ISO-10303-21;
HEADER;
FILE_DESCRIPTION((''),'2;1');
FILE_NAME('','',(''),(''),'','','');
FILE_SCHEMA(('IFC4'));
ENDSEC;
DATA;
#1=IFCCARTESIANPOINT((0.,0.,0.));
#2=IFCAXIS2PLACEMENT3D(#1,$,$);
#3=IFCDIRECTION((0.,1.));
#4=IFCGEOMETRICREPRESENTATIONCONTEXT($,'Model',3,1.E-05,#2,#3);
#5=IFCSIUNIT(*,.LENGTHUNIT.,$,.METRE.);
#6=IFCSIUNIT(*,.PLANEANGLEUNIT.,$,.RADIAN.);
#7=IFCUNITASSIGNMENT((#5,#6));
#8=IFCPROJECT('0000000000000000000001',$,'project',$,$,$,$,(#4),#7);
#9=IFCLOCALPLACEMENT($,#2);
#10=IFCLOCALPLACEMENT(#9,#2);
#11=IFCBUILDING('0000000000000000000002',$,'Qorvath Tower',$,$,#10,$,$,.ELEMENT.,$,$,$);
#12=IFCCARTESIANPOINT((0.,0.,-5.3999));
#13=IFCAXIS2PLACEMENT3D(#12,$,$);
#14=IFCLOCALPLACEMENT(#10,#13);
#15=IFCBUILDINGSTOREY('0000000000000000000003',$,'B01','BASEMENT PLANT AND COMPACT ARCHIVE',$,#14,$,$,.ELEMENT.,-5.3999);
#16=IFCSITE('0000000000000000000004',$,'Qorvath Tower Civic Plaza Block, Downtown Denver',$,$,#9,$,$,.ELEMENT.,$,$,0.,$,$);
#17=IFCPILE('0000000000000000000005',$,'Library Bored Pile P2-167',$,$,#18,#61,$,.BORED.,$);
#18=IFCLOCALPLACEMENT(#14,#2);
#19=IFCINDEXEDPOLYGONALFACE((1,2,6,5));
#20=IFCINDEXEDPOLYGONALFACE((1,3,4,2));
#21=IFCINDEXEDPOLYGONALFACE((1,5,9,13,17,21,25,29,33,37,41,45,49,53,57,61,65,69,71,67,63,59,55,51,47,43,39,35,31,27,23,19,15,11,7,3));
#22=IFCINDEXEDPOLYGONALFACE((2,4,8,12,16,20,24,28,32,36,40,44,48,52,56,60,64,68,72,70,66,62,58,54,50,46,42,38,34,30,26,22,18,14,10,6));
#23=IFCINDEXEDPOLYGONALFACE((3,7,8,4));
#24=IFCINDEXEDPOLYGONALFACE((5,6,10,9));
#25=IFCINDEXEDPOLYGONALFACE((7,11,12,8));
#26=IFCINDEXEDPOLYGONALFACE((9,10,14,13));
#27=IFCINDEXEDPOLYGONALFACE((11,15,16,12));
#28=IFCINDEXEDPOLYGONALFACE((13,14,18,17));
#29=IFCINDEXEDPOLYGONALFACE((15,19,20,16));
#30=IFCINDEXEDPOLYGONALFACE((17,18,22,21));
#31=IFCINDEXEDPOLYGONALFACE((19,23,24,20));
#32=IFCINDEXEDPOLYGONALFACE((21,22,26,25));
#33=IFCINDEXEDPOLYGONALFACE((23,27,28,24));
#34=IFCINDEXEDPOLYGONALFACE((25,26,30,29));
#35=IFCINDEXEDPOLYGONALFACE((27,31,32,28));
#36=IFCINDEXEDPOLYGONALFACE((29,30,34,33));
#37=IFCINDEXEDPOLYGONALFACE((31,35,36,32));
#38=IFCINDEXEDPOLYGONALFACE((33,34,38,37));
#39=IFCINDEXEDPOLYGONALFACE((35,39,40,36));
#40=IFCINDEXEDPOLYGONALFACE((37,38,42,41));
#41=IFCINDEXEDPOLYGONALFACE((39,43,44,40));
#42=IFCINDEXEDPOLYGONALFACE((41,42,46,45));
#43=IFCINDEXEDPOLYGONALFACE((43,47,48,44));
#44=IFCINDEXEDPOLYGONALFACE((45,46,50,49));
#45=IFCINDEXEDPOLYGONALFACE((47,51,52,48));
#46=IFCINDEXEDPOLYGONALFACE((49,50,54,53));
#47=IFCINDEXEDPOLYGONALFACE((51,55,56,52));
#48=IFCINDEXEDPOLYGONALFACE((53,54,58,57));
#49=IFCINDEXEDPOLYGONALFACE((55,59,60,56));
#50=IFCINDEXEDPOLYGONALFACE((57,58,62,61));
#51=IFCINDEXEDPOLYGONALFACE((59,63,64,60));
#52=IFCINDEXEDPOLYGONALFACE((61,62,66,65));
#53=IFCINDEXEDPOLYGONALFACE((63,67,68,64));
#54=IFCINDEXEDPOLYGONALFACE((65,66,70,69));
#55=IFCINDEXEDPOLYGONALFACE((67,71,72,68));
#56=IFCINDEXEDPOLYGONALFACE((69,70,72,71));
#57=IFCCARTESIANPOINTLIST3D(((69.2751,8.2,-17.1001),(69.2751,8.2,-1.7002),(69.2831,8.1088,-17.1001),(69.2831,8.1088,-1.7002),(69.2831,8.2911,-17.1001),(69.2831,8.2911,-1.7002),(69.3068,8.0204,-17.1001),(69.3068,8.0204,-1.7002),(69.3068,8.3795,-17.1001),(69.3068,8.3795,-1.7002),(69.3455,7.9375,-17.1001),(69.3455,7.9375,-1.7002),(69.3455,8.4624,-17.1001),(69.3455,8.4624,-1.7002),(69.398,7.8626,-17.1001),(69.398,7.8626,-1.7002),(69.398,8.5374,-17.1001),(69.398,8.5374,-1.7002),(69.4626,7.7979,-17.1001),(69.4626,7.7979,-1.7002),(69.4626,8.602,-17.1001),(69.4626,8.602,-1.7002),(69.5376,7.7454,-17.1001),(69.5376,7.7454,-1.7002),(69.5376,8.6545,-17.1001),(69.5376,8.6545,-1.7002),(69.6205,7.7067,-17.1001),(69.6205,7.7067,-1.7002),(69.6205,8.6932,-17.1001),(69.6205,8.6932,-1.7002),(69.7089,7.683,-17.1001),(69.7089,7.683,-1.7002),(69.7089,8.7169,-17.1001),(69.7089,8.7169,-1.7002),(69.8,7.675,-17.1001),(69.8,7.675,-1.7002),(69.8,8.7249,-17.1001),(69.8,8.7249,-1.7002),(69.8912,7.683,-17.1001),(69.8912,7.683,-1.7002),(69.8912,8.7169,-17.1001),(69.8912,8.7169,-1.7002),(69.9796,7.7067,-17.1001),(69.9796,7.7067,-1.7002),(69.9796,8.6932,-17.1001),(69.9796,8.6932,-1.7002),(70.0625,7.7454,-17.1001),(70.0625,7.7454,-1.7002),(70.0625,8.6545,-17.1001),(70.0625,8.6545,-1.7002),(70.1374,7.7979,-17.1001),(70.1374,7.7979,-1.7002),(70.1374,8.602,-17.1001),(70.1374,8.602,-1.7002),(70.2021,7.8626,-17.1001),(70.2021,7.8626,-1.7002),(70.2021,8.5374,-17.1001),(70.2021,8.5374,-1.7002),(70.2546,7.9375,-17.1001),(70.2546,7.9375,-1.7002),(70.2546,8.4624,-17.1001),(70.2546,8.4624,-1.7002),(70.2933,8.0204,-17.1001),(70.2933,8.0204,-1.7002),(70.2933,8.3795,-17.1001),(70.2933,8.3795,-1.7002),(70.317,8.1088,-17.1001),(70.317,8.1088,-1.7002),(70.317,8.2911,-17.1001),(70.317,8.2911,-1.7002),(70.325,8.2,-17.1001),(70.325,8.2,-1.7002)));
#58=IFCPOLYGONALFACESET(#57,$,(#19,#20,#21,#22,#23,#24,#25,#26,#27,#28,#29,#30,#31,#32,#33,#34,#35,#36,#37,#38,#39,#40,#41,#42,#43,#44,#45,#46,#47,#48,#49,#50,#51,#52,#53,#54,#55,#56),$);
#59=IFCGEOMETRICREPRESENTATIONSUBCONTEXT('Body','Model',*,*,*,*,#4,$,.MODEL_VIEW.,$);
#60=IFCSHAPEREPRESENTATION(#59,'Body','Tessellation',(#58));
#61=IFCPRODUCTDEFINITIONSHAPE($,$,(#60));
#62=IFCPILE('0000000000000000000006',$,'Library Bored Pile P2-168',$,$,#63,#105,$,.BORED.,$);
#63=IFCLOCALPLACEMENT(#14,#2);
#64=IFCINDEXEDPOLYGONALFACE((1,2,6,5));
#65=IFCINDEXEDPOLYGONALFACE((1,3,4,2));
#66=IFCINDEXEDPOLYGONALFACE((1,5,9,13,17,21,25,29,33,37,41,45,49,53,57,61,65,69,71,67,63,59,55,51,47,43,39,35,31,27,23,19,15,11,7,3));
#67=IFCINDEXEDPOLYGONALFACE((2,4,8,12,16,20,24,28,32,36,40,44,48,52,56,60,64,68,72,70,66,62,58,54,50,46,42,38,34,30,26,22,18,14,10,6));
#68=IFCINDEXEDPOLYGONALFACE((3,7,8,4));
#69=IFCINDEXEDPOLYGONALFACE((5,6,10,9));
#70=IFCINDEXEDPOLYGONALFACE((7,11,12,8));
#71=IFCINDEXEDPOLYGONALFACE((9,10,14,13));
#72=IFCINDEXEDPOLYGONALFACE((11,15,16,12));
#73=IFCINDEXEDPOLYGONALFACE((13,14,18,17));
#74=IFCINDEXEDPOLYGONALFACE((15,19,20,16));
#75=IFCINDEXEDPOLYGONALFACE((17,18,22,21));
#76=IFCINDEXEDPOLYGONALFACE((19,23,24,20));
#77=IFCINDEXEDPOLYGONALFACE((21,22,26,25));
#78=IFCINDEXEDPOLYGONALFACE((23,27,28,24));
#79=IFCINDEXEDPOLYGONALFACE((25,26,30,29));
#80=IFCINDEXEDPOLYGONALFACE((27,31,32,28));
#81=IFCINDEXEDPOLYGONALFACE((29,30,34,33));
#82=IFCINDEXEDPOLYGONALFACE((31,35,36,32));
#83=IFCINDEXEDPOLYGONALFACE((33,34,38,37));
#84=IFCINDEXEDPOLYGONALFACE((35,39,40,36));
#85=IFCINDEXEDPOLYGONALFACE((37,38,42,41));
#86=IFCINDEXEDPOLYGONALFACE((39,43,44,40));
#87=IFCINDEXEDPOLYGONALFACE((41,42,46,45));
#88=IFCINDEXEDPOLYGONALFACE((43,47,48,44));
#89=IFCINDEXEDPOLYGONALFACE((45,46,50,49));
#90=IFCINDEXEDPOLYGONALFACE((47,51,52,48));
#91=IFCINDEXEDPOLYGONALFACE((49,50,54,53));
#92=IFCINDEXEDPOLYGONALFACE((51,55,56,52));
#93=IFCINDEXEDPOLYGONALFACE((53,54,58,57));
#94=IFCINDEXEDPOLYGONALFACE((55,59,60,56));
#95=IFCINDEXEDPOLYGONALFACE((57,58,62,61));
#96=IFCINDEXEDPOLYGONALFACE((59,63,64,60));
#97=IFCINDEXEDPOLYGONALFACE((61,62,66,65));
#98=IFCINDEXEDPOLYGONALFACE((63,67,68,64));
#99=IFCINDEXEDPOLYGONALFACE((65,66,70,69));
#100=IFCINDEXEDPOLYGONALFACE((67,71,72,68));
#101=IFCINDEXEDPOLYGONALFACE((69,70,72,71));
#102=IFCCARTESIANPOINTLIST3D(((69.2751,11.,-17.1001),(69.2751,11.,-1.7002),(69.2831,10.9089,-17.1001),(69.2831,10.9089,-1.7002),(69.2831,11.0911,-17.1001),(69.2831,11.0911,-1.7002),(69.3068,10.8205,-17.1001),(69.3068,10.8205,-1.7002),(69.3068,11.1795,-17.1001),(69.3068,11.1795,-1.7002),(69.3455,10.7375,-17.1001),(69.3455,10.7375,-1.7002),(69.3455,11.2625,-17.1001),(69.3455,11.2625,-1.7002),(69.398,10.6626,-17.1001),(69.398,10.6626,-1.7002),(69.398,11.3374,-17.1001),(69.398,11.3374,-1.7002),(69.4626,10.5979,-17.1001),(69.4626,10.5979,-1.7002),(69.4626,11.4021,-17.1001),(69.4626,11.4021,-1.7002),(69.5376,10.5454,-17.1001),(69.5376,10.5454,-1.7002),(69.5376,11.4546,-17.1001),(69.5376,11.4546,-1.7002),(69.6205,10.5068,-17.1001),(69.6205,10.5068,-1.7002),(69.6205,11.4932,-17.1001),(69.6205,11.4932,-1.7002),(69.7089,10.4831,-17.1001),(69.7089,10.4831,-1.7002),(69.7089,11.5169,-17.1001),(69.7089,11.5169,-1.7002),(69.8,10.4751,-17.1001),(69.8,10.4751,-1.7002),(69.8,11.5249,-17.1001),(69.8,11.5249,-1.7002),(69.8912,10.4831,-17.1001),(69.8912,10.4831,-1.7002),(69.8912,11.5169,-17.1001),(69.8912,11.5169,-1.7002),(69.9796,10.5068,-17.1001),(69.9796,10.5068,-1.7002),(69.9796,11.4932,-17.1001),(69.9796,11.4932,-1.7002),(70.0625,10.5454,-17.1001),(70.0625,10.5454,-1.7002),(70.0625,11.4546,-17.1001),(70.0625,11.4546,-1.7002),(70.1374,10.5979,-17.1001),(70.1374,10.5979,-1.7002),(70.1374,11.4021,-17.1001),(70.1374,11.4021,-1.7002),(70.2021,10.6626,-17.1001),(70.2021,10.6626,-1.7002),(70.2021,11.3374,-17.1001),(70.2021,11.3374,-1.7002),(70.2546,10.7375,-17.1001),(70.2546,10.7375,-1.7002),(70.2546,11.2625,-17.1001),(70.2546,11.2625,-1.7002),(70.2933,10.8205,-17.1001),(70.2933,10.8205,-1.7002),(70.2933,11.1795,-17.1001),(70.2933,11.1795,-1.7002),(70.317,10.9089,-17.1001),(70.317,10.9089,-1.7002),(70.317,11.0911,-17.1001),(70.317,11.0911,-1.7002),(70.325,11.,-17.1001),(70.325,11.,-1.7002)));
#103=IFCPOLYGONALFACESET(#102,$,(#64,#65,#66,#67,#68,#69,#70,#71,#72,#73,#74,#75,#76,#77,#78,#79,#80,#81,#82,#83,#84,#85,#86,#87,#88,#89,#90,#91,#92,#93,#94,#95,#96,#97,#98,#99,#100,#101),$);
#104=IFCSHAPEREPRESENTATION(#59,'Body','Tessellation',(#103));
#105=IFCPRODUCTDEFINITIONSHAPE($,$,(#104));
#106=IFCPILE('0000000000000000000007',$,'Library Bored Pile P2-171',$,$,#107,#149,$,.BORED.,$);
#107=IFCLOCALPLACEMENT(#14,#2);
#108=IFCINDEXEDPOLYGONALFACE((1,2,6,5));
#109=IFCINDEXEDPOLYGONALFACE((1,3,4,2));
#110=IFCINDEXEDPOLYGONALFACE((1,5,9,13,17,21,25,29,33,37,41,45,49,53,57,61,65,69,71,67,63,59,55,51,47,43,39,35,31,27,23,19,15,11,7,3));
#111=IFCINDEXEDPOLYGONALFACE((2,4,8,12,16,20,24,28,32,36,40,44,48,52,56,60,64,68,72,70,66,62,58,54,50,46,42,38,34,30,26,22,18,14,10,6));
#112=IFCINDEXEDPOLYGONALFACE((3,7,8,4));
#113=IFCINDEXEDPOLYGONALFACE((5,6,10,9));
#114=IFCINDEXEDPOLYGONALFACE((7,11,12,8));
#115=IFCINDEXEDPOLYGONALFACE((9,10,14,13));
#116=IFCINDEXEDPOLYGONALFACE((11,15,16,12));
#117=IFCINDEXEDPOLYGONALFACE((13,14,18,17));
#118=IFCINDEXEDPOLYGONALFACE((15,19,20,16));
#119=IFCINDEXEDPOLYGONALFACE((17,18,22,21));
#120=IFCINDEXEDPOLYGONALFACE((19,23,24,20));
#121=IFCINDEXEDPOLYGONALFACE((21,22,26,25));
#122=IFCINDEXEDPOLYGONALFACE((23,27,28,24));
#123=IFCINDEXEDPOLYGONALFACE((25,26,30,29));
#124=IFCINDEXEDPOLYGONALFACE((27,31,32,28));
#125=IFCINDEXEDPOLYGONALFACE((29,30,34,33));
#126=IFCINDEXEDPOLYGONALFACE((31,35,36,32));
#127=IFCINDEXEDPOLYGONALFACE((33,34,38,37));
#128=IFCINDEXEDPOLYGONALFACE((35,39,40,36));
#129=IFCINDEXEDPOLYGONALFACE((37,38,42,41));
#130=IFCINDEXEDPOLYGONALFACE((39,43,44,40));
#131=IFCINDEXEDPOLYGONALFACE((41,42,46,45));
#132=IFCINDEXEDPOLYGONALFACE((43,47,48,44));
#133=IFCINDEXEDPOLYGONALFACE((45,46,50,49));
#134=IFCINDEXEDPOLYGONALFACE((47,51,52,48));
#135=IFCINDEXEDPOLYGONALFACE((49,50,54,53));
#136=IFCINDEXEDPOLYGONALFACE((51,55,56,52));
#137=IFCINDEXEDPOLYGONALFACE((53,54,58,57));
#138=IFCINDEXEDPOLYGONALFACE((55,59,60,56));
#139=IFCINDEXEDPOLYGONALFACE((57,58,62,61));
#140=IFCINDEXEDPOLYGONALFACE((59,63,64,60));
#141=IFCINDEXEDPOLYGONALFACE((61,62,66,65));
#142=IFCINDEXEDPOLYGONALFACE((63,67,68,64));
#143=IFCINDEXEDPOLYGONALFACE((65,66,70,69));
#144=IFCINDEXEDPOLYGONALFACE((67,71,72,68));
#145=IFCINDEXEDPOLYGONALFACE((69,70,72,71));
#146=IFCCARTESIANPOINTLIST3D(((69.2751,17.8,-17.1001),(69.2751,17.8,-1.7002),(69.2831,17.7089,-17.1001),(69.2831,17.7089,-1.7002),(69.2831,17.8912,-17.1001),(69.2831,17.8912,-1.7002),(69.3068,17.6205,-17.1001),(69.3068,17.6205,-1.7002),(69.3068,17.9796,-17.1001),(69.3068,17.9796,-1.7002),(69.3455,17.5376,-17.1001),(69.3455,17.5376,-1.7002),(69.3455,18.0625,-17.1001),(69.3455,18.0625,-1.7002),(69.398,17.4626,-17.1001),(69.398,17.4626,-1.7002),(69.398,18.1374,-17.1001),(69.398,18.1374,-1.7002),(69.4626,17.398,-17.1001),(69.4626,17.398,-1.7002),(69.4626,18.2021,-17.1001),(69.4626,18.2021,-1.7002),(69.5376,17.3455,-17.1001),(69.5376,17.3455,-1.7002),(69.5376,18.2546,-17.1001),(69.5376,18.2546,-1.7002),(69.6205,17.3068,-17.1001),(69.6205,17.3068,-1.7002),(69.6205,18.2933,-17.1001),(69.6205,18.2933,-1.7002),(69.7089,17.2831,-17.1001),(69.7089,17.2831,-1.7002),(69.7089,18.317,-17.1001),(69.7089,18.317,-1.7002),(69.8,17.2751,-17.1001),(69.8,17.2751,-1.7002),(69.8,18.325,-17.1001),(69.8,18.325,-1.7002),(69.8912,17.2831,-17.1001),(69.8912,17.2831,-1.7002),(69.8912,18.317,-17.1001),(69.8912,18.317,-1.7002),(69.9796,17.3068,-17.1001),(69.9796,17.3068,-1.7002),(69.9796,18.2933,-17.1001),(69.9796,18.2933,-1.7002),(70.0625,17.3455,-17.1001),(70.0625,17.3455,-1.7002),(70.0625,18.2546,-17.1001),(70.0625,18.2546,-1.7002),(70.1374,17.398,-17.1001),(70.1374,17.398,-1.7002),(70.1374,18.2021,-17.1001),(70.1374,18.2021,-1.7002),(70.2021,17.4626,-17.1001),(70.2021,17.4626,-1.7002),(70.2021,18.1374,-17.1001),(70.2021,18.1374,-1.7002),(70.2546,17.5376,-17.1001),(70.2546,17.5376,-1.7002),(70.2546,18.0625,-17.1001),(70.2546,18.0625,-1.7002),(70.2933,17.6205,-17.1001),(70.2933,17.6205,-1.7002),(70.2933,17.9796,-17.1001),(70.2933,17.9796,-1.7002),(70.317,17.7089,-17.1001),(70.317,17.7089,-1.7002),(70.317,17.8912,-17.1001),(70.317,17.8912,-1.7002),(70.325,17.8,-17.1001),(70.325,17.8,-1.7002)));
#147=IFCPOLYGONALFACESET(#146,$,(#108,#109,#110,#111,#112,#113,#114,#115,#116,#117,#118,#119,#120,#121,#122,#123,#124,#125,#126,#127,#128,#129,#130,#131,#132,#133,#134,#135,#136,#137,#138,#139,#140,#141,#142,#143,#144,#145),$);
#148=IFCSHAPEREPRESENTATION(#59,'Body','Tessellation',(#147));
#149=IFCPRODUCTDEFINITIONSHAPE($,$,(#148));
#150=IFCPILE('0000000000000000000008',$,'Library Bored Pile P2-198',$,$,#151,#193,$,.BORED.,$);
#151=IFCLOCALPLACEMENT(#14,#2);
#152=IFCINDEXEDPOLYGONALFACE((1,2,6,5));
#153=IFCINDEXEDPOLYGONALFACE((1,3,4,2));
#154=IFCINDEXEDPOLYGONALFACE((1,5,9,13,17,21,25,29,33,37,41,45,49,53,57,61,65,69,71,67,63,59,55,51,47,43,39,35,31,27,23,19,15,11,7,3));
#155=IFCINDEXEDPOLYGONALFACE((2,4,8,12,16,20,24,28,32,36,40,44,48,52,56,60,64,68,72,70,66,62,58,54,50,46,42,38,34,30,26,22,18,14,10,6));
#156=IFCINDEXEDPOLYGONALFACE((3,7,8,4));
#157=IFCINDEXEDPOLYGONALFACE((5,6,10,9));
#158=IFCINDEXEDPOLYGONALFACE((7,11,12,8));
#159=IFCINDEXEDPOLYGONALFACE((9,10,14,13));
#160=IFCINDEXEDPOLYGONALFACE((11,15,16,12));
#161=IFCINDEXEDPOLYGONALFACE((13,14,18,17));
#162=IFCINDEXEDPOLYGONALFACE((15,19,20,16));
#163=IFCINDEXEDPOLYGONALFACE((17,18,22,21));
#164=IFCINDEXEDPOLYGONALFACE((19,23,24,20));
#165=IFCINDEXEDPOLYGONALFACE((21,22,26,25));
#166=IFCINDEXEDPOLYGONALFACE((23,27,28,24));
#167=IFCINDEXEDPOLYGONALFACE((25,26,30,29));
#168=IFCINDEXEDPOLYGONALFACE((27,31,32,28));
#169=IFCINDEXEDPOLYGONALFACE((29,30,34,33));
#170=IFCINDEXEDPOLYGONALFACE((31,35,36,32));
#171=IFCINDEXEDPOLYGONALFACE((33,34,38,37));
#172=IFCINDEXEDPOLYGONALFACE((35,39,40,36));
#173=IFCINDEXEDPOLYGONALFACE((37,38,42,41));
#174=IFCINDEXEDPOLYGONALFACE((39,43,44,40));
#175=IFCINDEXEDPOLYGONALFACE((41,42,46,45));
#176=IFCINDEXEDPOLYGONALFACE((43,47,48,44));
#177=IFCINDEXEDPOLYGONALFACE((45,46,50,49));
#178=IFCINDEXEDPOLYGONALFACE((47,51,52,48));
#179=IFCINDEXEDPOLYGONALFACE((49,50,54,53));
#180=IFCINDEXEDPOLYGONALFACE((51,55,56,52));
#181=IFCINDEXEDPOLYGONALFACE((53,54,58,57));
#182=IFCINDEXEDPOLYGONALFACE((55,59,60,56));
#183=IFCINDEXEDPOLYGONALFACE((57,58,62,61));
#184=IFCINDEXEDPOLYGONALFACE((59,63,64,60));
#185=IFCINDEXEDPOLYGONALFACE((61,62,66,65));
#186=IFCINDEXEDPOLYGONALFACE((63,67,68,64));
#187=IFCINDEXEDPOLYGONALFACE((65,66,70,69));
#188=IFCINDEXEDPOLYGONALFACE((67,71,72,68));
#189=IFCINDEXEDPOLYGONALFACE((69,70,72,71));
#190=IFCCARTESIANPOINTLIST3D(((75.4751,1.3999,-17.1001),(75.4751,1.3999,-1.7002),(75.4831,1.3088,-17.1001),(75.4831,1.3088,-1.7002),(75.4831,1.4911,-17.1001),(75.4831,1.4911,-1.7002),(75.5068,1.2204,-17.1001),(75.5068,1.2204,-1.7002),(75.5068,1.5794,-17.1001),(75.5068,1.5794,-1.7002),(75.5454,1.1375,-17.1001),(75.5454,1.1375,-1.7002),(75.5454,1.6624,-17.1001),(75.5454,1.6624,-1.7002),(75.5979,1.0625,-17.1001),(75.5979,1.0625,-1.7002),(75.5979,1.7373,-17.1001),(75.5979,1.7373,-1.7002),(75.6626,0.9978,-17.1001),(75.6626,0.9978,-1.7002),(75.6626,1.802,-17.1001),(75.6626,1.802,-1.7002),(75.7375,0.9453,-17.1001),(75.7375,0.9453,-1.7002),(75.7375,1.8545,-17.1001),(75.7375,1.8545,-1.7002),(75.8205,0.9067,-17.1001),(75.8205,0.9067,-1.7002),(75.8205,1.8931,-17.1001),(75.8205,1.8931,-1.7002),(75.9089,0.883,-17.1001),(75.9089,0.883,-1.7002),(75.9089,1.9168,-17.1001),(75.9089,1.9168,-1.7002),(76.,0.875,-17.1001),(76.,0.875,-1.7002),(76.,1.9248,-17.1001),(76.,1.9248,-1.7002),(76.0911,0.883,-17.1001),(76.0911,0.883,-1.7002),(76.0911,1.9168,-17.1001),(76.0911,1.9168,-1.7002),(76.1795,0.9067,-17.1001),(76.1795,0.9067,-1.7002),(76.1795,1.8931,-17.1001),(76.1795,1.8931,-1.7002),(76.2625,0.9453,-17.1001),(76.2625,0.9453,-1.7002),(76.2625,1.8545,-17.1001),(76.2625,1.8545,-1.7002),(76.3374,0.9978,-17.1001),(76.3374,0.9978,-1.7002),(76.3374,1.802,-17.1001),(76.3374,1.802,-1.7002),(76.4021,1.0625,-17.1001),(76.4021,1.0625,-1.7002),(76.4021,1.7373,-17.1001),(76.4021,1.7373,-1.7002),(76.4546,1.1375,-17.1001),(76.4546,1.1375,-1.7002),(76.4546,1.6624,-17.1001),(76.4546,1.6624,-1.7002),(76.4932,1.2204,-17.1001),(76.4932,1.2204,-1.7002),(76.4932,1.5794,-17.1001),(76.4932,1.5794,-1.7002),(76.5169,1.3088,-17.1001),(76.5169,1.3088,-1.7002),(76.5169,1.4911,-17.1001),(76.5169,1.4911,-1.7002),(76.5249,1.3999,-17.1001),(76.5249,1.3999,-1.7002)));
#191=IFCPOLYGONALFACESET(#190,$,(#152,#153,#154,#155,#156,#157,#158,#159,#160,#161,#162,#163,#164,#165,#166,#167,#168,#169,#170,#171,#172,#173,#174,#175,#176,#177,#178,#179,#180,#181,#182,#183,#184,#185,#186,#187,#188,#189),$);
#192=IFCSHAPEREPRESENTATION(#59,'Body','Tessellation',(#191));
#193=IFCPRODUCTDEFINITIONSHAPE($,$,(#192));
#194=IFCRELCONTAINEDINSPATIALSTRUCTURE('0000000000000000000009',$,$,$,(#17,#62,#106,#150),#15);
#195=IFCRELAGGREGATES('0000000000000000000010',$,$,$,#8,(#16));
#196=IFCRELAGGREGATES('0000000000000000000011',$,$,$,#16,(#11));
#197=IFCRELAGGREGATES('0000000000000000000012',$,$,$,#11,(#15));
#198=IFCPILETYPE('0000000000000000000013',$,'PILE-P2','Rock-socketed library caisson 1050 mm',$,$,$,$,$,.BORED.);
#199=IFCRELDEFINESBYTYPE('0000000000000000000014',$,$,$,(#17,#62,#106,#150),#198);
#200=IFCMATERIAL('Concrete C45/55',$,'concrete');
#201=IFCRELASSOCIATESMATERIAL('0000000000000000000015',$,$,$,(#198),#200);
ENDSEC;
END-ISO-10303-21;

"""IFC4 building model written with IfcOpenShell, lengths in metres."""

from ifc_helpers import new_model, si_unit, direction, frame, origin, origin_2d, place, context, subcontext, project, spatial, circle, extrude, material, material_profile, profile_set, type_object, element, save


model = new_model("IFC4")

# Units and contexts
model_context = context("Model", 3, precision=1e-05, world=origin(), true_north=direction((0.0, 1.0)))
body_context = subcontext(model_context, "Body", "Model", "MODEL_VIEW")
ifc_project = project(units=[si_unit("LENGTHUNIT", "METRE"), si_unit("PLANEANGLEUNIT", "RADIAN")], contexts=[model_context])

# Site, building, storey
site_placement = place(None, origin())
site = spatial("IfcSite", under=ifc_project, at=site_placement, Name="Qorvath Tower Civic Plaza Block, Downtown Denver", CompositionType="ELEMENT", RefElevation=0.0)
building_placement = place(site_placement, origin())
building = spatial("IfcBuilding", under=site, at=building_placement, Name="Qorvath Tower", CompositionType="ELEMENT")
storey_placement = place(building_placement, frame((0.0, 0.0, -5.3999)))
storey = spatial("IfcBuildingStorey", under=building, at=storey_placement, Name="B01", Description="BASEMENT PLANT AND COMPACT ARCHIVE", CompositionType="ELEMENT", Elevation=-5.3999)

# Piles
ifc_material_1 = material(Name="Concrete C45/55", Category="concrete")
ifc_material_profile_1 = material_profile(ifc_material_1, circle(Radius=0.5249, at=origin_2d()), Name="BORED PILE 1050")
ifc_profile_set_1 = profile_set([ifc_material_profile_1], Name="Concrete C45/55")
pile_type = type_object("IfcPileType", Name="PILE-P2", Description="Rock-socketed library caisson 1050 mm", PredefinedType="BORED", material=ifc_profile_set_1)
for number, where, z_axis, x_axis, name in (
    (1, (69.8, 8.2, -1.7002), (0.0, 0.0, -1.0), (1.0, 0.0, 0.0), "Library Bored Pile P2-167"),
    (2, (69.8, 11.0, -1.7002), (0.0, 0.0, -1.0), (1.0, 0.0, 0.0), "Library Bored Pile P2-168"),
    (3, (69.8, 17.8, -1.7002), (0.0, 0.0, -1.0), (1.0, 0.0, 0.0), "Library Bored Pile P2-171"),
    (4, (76.0, 1.3999, -1.7002), (0.0, 0.0, -1.0), (1.0, 0.0, 0.0), "Library Bored Pile P2-198"),
):
    element("IfcPile", number, at=place(storey_placement, frame(where, z_axis=z_axis, x_axis=x_axis)), inside=storey, type_object=pile_type, Name=name, PredefinedType="BORED", context=body_context, shape_type="SweptSolid", body=[
        extrude(circle(Radius=0.5249, at=origin_2d()), origin(), (0.0, 0.0, 1.0), 15.3999),
    ])

save(model, "model.ifc")
